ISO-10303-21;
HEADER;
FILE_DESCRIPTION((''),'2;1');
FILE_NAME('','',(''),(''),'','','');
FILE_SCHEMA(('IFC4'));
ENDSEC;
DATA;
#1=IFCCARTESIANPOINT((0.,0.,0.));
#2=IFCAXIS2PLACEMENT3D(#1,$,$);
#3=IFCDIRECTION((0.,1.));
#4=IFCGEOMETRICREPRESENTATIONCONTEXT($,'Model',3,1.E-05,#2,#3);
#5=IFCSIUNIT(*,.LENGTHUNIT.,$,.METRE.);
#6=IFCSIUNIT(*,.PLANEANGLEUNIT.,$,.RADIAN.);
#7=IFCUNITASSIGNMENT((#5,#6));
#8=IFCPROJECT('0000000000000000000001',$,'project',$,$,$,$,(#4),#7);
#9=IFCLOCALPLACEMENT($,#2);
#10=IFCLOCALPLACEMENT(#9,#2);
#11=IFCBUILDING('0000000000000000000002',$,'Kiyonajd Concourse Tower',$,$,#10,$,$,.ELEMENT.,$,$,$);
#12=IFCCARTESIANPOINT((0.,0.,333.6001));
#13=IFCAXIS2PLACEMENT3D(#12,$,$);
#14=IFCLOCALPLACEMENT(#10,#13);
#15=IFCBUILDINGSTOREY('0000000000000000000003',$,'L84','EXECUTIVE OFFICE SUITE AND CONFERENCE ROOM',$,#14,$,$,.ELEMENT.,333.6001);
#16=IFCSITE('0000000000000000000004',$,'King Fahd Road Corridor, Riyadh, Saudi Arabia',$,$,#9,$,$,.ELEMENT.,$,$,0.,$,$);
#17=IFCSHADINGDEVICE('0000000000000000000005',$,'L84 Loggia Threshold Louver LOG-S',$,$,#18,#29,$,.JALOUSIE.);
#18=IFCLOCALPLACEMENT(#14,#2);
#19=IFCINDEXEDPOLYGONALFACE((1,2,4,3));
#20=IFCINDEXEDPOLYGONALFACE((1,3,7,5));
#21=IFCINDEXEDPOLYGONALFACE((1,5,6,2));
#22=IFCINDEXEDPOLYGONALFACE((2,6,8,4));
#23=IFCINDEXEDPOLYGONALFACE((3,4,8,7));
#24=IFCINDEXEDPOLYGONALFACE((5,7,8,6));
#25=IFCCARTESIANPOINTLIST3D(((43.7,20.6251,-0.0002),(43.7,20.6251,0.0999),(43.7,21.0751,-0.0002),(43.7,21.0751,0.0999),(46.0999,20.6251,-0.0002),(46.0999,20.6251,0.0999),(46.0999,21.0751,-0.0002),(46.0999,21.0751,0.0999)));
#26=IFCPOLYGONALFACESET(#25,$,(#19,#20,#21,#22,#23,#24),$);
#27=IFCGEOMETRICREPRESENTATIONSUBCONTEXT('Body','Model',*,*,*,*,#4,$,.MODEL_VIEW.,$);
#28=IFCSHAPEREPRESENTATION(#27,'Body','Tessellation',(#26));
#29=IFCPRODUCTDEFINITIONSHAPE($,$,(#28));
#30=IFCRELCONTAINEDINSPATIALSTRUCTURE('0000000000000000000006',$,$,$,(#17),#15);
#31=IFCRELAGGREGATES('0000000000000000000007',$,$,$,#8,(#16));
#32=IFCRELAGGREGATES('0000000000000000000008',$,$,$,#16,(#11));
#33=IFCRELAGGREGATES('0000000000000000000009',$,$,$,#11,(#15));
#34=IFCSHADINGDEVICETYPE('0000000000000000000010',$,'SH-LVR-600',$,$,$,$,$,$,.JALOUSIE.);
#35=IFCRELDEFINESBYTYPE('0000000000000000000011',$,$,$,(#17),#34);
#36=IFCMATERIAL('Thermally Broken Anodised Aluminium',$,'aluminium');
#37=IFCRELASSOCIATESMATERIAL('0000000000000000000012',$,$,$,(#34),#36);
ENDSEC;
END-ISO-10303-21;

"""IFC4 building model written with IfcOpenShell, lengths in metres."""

from ifc_helpers import new_model, si_unit, direction, frame, origin, origin_2d, place, context, subcontext, project, spatial, rectangle, extrude, material, type_object, element, save


model = new_model("IFC4")

# Units and contexts
model_context = context("Model", 3, precision=1e-05, world=origin(), true_north=direction((0.0, 1.0)))
body_context = subcontext(model_context, "Body", "Model", "MODEL_VIEW")
ifc_project = project(units=[si_unit("LENGTHUNIT", "METRE"), si_unit("PLANEANGLEUNIT", "RADIAN")], contexts=[model_context])

# Site, building, storey
site_placement = place(None, origin())
site = spatial("IfcSite", under=ifc_project, at=site_placement, Name="King Fahd Road Corridor, Riyadh, Saudi Arabia", CompositionType="ELEMENT", RefElevation=0.0)
building_placement = place(site_placement, origin())
building = spatial("IfcBuilding", under=site, at=building_placement, Name="Kiyonajd Concourse Tower", CompositionType="ELEMENT")
storey_placement = place(building_placement, frame((0.0, 0.0, 333.6001)))
storey = spatial("IfcBuildingStorey", under=building, at=storey_placement, Name="L84", Description="EXECUTIVE OFFICE SUITE AND CONFERENCE ROOM", CompositionType="ELEMENT", Elevation=333.6001)

# Shared definitions
ifc_material_1 = material(Name="Thermally Broken Anodised Aluminium", Category="aluminium")

# Shading device
shading_device_type_1 = type_object("IfcShadingDeviceType", Name="SH-LVR-600", PredefinedType="JALOUSIE", material=ifc_material_1)
shading_device_1_placement = place(storey_placement, frame((44.8999, 20.8501, -0.0002), z_axis=(0.0, 0.0, 1.0), x_axis=(1.0, 0.0, 0.0)))
element("IfcShadingDevice", 1, at=shading_device_1_placement, inside=storey, type_object=shading_device_type_1, Name="L84 Loggia Threshold Louver LOG-S", PredefinedType="JALOUSIE", context=body_context, shape_type="SweptSolid", body=[
    extrude(rectangle(XDim=2.3999, YDim=0.45, at=origin_2d()), origin(), (0.0, 0.0, 1.0), 0.1001),
])

save(model, "model.ifc")
